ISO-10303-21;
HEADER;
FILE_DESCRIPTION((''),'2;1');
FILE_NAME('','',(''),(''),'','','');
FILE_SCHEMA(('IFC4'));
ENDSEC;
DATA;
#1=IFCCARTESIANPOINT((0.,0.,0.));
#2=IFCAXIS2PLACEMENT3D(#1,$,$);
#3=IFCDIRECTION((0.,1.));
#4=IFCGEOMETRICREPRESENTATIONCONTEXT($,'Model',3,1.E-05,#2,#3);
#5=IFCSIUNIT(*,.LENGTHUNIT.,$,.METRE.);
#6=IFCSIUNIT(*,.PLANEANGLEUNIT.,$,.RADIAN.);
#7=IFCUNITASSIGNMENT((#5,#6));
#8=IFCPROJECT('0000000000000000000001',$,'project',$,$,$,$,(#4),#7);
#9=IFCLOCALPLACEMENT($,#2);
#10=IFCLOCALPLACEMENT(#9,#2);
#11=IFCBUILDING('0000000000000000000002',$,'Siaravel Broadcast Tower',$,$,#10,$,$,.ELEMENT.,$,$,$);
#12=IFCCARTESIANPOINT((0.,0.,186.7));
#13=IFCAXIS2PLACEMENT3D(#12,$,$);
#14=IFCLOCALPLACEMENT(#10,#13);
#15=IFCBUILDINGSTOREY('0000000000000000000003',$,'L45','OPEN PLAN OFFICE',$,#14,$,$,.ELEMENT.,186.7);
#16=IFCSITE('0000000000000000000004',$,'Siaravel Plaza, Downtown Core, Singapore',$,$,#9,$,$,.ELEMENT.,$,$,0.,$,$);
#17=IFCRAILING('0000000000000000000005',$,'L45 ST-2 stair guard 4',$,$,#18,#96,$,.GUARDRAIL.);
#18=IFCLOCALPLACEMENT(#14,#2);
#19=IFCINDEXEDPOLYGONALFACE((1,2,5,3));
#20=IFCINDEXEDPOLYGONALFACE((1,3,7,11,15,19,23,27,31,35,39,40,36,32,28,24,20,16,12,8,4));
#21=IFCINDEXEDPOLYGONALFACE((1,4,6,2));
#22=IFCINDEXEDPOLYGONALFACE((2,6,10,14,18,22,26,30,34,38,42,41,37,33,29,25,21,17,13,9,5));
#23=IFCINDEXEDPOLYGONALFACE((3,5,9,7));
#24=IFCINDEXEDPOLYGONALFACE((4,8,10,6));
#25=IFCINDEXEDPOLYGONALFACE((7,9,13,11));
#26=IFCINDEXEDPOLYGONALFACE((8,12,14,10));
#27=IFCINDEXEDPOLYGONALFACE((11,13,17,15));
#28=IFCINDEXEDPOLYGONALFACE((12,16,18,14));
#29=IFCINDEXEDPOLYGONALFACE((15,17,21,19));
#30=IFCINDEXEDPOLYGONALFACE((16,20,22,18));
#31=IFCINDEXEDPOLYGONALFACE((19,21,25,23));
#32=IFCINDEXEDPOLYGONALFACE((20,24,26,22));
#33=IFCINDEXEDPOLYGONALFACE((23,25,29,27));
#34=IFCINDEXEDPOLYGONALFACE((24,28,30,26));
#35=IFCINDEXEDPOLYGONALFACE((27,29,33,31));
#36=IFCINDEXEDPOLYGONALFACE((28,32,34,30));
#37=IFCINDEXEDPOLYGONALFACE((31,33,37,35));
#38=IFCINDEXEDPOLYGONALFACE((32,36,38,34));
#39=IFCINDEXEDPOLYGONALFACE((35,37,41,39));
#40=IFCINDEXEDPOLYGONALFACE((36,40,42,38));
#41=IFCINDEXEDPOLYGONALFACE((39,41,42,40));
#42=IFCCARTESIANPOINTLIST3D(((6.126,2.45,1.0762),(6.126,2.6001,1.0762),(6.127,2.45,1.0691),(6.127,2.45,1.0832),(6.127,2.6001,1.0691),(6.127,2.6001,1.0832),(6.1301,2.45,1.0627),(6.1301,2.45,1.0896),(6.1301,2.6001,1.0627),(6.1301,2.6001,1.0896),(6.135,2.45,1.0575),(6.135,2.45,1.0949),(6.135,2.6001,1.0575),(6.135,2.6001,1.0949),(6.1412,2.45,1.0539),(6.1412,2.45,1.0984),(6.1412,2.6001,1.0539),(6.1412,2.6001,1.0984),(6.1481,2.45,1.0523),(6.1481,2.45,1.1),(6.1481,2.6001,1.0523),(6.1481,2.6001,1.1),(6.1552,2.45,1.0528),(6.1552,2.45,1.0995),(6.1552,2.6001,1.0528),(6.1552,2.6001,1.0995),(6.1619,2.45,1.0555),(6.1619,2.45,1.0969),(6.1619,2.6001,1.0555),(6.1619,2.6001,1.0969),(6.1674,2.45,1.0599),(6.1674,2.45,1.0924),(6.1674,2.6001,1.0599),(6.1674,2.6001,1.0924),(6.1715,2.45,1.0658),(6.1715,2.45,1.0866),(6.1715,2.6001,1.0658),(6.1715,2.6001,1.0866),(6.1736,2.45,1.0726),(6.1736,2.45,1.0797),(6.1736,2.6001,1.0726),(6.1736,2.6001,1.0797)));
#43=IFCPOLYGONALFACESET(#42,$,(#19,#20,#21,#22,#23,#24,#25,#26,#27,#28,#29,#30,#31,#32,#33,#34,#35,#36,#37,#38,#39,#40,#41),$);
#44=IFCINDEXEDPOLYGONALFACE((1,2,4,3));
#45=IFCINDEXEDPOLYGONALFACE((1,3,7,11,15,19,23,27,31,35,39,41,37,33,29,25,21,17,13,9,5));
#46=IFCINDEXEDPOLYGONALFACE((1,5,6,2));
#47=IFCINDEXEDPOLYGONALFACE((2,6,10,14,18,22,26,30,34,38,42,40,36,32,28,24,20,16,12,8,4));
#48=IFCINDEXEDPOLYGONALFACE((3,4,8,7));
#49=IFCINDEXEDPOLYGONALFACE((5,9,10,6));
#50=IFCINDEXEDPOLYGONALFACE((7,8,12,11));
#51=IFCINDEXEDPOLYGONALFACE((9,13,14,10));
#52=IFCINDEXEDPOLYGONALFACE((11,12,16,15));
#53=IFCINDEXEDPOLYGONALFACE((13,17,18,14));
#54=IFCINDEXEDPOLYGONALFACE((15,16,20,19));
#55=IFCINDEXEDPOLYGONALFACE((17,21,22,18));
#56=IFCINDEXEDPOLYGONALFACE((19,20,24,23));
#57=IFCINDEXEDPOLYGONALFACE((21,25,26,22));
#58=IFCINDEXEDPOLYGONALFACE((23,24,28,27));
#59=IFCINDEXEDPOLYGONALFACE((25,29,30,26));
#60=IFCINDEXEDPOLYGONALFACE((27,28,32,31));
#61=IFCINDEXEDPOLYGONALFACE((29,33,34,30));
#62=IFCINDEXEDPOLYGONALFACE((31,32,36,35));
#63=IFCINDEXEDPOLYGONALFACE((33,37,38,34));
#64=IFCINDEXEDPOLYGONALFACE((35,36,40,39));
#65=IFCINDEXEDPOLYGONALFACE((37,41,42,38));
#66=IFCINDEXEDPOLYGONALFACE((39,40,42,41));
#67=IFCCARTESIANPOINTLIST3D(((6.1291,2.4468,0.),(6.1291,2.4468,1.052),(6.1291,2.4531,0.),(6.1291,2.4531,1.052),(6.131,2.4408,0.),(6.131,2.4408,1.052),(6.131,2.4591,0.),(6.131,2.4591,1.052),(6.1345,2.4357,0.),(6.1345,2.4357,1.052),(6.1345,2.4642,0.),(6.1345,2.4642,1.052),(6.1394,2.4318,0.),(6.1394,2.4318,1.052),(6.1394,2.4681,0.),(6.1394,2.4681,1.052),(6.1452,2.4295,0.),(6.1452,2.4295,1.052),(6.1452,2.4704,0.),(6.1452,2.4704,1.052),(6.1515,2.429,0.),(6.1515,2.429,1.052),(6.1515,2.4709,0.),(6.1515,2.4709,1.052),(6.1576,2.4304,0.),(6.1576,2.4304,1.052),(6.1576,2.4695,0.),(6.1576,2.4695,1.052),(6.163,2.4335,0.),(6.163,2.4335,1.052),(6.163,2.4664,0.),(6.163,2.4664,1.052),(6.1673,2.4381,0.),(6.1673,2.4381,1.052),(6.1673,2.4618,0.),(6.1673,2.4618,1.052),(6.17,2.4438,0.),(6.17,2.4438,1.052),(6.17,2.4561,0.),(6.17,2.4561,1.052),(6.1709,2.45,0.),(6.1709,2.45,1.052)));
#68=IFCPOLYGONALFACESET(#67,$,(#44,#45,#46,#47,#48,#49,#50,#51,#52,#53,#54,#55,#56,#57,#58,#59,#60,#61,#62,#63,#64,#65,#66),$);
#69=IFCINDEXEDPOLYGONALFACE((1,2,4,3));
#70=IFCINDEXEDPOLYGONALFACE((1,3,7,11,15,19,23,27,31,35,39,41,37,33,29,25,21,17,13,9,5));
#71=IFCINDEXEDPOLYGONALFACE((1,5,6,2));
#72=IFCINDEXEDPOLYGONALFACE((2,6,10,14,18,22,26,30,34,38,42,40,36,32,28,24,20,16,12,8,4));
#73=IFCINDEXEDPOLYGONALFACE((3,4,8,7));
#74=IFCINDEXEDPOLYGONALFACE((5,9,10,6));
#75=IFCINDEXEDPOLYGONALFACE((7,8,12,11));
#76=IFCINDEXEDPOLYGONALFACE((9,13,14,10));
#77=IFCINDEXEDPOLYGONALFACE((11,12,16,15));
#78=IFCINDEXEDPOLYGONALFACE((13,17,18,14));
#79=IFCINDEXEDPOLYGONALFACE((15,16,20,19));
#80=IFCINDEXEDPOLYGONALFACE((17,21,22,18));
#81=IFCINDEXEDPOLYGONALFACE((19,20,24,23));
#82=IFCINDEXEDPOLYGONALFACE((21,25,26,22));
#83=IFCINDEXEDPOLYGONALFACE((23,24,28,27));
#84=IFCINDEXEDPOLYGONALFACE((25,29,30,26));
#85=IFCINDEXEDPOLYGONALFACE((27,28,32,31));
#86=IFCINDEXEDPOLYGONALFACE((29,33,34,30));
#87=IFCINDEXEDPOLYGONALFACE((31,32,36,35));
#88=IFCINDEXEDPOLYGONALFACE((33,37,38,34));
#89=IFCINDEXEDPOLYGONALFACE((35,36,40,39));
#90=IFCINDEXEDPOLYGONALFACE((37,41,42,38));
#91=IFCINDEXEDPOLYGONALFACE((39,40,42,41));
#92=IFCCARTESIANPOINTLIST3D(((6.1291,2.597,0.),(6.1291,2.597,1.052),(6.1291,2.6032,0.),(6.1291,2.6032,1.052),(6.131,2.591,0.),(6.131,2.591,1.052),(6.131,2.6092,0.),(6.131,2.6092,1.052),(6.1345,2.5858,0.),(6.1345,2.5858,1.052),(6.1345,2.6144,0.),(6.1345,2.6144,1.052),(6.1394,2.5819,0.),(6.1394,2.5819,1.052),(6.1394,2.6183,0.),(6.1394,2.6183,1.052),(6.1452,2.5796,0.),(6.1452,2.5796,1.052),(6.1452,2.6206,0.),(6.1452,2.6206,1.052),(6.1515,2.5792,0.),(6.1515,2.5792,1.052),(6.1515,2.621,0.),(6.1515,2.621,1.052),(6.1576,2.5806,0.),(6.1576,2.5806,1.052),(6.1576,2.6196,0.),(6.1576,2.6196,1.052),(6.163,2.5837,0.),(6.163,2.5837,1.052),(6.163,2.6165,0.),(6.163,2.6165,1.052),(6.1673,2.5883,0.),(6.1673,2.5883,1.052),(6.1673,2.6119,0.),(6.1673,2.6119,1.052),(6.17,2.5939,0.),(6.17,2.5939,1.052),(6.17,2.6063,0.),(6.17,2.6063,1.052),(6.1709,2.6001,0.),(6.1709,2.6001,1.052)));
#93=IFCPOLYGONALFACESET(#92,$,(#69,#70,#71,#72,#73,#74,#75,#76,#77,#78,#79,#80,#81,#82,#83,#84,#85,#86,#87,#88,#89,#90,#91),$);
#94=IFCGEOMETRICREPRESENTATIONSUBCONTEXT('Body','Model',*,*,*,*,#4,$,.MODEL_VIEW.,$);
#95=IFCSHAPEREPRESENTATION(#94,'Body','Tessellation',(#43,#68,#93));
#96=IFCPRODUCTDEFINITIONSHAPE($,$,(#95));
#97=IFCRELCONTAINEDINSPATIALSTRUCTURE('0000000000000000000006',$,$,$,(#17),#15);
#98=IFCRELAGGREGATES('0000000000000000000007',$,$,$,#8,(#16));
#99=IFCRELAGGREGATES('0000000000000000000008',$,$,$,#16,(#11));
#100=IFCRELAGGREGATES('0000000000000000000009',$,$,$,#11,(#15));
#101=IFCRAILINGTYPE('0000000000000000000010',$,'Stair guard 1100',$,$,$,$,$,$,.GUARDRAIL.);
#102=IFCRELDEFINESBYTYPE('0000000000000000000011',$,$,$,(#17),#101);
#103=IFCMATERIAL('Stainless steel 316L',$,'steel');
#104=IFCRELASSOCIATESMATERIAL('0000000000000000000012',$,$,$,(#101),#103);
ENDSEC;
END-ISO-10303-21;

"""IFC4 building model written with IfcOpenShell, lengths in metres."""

from ifc_helpers import new_model, si_unit, direction, frame, origin, origin_2d, place, context, subcontext, project, spatial, circle, extrude, material, type_object, element, save


model = new_model("IFC4")

# Units and contexts
model_context = context("Model", 3, precision=1e-05, world=origin(), true_north=direction((0.0, 1.0)))
body_context = subcontext(model_context, "Body", "Model", "MODEL_VIEW")
ifc_project = project(units=[si_unit("LENGTHUNIT", "METRE"), si_unit("PLANEANGLEUNIT", "RADIAN")], contexts=[model_context])

# Site, building, storey
site_placement = place(None, origin())
site = spatial("IfcSite", under=ifc_project, at=site_placement, Name="Siaravel Plaza, Downtown Core, Singapore", CompositionType="ELEMENT", RefElevation=0.0)
building_placement = place(site_placement, origin())
building = spatial("IfcBuilding", under=site, at=building_placement, Name="Siaravel Broadcast Tower", CompositionType="ELEMENT")
storey_placement = place(building_placement, frame((0.0, 0.0, 186.7)))
storey = spatial("IfcBuildingStorey", under=building, at=storey_placement, Name="L45", Description="OPEN PLAN OFFICE", CompositionType="ELEMENT", Elevation=186.7)

# Railing
ifc_material_1 = material(Name="Stainless steel 316L", Category="steel")
railing_type_1 = type_object("IfcRailingType", Name="Stair guard 1100", PredefinedType="GUARDRAIL", material=ifc_material_1)
railing_1_placement = place(storey_placement, frame((6.1499, 2.45, 0.0)))
element("IfcRailing", 1, at=railing_1_placement, inside=storey, type_object=railing_type_1, Name="L45 ST-2 stair guard 4", PredefinedType="GUARDRAIL", context=body_context, shape_type="SweptSolid", body=[
    extrude(circle(Radius=0.0239, at=origin_2d()), frame((0.0, 0.0, 1.0762), z_axis=(0.0, 1.0, 0.0), x_axis=(-1.0, 0.0, 0.0)), (0.0, 0.0, 1.0), 0.1501),
    extrude(circle(Radius=0.021, at=origin_2d()), origin(), (0.0, 0.0, 1.0), 1.052),
    extrude(circle(Radius=0.021, at=origin_2d()), frame((0.0, 0.1501, 0.0)), (0.0, 0.0, 1.0), 1.052),
])

save(model, "model.ifc")
